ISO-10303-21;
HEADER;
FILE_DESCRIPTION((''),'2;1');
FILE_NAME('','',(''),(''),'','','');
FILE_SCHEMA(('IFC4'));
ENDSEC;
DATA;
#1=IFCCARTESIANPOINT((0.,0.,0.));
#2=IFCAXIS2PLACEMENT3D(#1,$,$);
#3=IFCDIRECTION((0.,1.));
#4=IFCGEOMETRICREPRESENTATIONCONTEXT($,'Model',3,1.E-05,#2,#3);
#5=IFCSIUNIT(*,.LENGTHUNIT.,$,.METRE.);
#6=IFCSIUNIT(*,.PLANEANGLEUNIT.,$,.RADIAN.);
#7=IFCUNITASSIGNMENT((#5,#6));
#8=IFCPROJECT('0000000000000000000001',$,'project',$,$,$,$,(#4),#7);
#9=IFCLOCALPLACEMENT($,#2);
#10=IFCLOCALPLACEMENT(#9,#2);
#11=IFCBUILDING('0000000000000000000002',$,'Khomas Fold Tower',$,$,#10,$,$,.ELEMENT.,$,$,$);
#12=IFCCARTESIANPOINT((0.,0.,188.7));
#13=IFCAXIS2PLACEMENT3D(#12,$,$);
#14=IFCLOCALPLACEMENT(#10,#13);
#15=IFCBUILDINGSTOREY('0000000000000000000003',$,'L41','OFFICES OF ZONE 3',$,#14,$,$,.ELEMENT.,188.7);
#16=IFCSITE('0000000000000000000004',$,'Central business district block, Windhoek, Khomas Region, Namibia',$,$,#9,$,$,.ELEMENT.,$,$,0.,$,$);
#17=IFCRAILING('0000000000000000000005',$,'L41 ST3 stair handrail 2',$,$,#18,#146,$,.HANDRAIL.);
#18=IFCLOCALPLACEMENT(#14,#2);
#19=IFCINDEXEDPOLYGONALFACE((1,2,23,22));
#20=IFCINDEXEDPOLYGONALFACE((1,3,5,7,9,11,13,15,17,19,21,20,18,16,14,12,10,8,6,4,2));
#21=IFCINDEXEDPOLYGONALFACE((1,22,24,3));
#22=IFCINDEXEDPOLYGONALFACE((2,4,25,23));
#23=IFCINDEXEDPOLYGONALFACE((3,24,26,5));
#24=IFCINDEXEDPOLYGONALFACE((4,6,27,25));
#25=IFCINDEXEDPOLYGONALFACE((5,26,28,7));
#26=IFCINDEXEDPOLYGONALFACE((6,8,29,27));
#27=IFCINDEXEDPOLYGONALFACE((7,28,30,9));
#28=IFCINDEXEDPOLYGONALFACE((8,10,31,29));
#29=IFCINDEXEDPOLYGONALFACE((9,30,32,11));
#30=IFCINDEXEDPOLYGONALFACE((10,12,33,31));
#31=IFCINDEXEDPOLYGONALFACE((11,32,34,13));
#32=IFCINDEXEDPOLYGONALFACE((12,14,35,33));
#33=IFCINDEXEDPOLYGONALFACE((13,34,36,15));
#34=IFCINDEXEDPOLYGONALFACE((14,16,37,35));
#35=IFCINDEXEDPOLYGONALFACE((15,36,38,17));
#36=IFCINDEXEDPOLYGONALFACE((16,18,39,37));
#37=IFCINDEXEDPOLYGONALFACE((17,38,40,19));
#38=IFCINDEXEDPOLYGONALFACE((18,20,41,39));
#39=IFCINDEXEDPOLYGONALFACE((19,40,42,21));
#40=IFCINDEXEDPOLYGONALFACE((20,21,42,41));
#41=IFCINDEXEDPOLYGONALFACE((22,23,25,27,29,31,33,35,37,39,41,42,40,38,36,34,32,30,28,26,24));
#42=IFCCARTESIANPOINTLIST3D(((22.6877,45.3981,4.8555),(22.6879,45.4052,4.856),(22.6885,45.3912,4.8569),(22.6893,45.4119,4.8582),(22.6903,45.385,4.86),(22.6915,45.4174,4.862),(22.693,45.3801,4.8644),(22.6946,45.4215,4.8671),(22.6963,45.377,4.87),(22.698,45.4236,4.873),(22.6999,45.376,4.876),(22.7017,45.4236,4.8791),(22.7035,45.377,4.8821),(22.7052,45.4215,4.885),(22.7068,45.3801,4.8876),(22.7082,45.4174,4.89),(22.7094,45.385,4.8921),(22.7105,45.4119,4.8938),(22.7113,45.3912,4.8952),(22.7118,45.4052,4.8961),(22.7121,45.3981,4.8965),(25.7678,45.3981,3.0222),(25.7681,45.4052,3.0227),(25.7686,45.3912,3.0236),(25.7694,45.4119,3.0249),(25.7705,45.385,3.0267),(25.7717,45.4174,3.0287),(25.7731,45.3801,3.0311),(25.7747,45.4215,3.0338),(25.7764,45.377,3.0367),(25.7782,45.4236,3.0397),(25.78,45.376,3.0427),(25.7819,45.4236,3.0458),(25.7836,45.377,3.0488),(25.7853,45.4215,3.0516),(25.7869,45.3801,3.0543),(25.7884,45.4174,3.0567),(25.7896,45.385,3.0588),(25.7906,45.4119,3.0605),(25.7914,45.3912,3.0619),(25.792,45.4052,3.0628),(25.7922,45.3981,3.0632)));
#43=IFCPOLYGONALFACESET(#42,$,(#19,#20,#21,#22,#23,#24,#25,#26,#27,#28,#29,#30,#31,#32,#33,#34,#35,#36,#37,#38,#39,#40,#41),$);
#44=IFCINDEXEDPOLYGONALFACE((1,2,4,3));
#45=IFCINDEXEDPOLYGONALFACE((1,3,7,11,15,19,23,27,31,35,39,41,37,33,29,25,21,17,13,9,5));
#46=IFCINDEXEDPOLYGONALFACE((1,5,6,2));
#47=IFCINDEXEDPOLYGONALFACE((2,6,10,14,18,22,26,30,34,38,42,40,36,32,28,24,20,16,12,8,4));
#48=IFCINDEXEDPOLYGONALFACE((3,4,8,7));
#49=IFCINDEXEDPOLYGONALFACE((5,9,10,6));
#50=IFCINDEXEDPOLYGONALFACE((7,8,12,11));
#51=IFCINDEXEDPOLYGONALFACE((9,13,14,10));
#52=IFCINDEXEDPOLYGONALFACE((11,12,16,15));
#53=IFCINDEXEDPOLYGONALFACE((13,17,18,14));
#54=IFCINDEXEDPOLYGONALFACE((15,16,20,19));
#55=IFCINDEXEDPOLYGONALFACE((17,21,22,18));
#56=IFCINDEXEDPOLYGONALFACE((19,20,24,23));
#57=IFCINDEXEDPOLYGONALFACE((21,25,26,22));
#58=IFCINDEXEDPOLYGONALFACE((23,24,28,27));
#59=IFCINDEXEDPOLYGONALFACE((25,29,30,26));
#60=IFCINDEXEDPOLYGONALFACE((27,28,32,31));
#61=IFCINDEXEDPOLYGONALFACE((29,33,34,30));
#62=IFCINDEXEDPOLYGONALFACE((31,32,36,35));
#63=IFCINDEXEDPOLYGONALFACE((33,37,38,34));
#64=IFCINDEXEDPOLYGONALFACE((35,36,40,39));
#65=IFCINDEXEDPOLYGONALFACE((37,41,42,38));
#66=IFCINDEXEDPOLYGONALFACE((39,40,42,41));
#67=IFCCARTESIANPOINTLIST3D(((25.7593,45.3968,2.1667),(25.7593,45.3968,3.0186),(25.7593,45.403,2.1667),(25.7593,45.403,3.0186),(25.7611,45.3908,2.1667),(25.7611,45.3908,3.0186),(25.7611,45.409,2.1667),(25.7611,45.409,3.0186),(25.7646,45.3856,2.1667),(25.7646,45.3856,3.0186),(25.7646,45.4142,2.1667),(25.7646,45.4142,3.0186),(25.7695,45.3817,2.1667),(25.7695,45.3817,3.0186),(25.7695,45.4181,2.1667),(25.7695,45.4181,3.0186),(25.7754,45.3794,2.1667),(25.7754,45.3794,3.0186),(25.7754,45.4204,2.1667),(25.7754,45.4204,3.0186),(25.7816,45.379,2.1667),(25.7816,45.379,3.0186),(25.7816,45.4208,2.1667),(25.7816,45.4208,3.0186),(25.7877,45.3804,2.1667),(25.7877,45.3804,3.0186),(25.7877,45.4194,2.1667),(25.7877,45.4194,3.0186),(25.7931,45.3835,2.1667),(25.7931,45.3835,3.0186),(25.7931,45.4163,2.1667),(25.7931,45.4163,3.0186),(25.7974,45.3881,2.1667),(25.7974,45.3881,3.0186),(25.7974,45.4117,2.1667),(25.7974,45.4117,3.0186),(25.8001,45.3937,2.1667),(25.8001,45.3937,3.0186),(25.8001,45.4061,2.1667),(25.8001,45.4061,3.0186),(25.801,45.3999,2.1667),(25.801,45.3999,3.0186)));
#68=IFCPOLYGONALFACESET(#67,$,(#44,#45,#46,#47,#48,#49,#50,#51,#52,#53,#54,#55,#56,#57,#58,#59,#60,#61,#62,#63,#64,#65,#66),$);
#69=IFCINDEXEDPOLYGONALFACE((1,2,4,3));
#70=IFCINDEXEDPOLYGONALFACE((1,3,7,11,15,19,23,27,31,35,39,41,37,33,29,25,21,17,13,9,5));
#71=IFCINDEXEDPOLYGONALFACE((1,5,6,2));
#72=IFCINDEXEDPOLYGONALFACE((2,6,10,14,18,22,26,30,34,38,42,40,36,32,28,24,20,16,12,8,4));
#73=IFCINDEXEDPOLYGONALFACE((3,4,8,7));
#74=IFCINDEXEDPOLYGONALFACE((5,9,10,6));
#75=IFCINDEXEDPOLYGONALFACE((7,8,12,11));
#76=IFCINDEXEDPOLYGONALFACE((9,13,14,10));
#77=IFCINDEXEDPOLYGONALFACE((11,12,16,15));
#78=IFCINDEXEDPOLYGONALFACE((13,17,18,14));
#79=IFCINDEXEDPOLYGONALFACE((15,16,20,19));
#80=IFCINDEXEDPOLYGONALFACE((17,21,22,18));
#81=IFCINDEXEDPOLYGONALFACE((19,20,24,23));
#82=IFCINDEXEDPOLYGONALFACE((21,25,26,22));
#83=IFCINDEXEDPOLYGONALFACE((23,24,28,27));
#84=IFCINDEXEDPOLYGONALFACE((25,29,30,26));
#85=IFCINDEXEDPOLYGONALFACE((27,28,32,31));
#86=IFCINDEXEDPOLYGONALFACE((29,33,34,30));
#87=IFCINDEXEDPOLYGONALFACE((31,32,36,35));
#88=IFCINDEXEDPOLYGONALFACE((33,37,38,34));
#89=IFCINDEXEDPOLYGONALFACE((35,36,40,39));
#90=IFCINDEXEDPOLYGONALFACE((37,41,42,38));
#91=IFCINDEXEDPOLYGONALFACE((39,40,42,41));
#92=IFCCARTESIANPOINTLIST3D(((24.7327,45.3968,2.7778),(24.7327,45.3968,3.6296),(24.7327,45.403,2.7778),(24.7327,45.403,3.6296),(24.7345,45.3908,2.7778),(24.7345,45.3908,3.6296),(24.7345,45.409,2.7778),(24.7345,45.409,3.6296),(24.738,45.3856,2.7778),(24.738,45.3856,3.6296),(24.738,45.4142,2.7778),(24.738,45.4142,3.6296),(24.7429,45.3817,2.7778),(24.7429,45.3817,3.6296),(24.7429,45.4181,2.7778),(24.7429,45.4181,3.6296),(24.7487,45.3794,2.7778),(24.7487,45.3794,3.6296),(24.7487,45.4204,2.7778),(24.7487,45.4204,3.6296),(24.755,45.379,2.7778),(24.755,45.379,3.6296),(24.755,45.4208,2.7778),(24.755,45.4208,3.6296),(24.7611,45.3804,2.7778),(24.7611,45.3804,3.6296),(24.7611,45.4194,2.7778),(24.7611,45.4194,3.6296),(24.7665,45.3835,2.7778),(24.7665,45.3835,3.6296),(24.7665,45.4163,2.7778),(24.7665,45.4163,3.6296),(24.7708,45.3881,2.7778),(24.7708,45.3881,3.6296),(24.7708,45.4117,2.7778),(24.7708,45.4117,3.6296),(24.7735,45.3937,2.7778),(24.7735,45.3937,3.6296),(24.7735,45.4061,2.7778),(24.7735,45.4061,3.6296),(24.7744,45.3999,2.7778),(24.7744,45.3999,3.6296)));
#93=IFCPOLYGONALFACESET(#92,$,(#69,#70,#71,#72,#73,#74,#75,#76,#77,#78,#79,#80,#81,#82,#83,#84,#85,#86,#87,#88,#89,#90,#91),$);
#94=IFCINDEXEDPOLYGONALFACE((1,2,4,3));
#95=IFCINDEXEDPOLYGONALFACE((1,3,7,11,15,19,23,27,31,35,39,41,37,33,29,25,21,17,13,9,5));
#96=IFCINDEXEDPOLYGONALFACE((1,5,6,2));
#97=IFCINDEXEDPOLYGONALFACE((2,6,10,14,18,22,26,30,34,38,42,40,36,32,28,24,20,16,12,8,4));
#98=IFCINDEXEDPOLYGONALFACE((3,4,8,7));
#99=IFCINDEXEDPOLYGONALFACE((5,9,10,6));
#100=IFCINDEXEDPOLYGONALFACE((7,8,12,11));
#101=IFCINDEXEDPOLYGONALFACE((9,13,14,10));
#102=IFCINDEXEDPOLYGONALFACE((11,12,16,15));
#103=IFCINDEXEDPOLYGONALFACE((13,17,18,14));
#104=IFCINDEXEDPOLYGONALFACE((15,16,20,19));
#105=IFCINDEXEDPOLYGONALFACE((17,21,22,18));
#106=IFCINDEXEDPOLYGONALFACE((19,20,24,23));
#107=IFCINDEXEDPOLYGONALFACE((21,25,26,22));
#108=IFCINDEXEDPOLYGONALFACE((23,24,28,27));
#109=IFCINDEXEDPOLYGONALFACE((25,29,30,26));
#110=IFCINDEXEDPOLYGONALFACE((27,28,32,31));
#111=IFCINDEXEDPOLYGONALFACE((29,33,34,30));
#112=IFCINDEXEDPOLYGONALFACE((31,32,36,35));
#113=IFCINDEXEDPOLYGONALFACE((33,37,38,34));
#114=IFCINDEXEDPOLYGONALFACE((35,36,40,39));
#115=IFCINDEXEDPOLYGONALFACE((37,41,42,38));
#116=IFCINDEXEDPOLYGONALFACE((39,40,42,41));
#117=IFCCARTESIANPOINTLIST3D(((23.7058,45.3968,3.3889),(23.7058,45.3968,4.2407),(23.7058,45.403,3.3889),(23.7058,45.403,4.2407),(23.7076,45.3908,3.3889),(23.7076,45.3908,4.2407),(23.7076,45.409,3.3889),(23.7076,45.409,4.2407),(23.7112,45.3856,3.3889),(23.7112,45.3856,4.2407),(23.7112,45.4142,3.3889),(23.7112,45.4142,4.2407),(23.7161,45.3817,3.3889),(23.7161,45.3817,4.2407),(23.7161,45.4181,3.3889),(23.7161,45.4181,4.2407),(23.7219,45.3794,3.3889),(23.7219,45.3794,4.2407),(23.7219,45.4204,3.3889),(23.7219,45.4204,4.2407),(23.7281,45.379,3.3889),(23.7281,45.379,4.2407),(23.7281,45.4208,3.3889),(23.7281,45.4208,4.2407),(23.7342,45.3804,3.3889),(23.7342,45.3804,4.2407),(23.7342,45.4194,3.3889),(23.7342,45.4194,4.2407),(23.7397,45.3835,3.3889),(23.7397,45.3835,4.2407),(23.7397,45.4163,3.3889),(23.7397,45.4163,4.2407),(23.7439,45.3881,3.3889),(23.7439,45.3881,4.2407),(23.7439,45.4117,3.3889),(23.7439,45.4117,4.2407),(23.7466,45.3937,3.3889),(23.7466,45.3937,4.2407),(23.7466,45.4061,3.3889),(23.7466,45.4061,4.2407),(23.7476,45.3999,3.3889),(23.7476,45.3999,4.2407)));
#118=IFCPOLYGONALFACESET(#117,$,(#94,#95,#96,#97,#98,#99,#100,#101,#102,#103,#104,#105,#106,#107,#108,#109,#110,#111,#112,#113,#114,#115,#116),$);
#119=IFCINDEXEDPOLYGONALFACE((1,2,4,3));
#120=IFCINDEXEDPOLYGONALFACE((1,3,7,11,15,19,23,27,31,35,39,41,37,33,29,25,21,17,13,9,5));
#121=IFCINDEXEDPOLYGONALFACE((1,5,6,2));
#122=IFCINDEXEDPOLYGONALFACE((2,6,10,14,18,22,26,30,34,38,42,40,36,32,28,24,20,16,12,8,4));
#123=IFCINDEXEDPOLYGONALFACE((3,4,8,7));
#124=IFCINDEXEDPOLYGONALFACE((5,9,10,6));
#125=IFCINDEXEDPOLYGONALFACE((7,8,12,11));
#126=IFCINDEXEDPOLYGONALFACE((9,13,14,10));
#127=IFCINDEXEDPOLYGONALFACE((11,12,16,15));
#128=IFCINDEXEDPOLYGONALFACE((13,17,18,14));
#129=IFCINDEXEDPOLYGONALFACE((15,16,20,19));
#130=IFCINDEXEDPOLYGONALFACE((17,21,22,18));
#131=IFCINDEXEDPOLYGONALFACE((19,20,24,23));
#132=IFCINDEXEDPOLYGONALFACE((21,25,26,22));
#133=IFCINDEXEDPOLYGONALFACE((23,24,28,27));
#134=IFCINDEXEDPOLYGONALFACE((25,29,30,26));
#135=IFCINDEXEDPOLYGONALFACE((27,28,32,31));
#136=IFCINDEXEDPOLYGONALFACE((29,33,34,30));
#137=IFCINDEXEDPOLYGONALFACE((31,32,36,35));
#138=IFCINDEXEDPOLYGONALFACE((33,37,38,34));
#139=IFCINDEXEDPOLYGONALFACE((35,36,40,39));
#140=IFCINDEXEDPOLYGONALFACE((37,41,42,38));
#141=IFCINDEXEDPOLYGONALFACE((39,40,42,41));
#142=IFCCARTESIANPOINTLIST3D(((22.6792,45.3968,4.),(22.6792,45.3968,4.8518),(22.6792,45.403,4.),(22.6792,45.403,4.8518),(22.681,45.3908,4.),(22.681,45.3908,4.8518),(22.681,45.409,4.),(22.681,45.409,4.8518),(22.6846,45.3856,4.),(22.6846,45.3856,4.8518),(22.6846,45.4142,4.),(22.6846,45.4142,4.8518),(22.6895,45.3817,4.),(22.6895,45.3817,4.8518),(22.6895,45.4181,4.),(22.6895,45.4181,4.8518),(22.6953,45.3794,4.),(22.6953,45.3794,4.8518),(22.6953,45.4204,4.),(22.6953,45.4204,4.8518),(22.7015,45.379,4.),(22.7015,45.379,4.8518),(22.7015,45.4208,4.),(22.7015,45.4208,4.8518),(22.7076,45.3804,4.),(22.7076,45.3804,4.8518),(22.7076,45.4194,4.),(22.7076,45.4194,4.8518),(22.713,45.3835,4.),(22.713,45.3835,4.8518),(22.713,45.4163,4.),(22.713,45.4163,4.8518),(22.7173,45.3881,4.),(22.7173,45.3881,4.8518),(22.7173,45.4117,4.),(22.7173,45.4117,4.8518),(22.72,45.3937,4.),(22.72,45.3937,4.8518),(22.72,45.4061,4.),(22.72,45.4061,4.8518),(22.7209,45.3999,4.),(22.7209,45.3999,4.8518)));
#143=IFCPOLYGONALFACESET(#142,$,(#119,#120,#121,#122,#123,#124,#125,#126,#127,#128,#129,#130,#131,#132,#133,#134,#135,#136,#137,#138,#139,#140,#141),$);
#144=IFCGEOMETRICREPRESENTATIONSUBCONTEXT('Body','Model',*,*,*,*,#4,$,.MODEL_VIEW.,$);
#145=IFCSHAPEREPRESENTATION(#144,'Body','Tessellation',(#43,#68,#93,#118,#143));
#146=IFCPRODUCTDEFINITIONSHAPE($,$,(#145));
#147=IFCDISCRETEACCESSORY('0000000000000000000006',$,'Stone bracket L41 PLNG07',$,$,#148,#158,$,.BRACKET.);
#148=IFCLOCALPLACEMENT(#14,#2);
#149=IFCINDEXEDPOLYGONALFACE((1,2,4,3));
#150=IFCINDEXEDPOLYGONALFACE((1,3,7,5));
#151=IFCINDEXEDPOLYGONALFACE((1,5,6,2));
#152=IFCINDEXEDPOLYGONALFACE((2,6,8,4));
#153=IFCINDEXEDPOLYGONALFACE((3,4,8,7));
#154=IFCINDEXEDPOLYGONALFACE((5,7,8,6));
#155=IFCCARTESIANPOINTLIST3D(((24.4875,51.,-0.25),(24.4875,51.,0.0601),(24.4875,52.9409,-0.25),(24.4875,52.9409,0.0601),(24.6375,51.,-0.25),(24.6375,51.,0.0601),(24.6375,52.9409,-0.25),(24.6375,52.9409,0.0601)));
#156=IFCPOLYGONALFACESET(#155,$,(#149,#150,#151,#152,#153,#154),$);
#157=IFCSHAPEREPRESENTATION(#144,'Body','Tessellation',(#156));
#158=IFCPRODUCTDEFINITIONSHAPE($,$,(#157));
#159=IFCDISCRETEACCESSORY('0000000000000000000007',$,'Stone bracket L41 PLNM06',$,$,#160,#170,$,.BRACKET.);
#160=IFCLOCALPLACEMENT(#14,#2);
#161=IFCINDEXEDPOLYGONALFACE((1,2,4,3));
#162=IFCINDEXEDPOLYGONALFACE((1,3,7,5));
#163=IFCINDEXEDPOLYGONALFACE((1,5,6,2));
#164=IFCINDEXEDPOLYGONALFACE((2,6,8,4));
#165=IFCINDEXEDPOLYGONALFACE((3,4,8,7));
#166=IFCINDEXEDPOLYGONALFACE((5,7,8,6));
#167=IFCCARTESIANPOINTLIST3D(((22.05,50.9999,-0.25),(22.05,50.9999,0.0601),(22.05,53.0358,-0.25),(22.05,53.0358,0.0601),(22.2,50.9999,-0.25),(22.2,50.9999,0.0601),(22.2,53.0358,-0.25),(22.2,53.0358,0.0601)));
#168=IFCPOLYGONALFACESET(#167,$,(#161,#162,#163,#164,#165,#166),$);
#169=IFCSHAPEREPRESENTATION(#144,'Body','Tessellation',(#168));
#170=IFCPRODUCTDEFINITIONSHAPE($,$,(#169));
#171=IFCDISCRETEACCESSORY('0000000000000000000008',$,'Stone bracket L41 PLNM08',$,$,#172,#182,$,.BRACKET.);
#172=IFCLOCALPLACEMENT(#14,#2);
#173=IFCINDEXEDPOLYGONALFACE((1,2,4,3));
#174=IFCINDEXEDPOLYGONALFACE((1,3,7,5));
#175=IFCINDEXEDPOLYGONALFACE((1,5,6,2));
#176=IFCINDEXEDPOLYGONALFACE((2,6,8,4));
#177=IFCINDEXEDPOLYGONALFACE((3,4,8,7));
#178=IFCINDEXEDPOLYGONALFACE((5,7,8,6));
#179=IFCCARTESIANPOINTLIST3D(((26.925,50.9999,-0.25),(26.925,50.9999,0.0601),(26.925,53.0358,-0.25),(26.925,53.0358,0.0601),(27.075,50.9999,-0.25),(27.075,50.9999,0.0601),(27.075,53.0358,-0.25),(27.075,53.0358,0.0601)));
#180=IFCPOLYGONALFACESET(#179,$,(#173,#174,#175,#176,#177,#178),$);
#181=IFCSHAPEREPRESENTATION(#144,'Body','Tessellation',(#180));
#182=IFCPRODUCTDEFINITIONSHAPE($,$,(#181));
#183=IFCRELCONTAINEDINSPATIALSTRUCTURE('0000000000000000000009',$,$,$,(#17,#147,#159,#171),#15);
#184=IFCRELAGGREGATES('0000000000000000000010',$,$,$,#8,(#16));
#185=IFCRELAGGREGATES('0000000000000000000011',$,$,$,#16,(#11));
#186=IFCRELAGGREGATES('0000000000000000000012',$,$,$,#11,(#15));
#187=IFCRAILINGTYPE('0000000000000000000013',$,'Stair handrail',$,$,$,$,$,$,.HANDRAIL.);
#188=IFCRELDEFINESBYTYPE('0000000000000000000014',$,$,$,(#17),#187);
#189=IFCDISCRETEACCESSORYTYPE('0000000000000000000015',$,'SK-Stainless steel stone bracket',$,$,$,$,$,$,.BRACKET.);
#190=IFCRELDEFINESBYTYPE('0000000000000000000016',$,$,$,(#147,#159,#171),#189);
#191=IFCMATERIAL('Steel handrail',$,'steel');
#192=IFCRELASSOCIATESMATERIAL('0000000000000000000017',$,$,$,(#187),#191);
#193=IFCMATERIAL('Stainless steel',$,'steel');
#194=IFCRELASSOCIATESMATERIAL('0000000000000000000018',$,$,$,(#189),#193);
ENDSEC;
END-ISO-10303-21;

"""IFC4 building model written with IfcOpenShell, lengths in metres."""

from ifc_helpers import new_model, si_unit, direction, frame, origin, origin_2d, place, context, subcontext, project, spatial, rectangle, circle, extrude, source, transform, mapped, material, type_object, element, save


model = new_model("IFC4")

# Units and contexts
model_context = context("Model", 3, precision=1e-05, world=origin(), true_north=direction((0.0, 1.0)))
body_context = subcontext(model_context, "Body", "Model", "MODEL_VIEW")
ifc_project = project(units=[si_unit("LENGTHUNIT", "METRE"), si_unit("PLANEANGLEUNIT", "RADIAN")], contexts=[model_context])

# Site, building, storey
site_placement = place(None, origin())
site = spatial("IfcSite", under=ifc_project, at=site_placement, Name="Central business district block, Windhoek, Khomas Region, Namibia", CompositionType="ELEMENT", RefElevation=0.0)
building_placement = place(site_placement, origin())
building = spatial("IfcBuilding", under=site, at=building_placement, Name="Khomas Fold Tower", CompositionType="ELEMENT")
storey_placement = place(building_placement, frame((0.0, 0.0, 188.7)))
storey = spatial("IfcBuildingStorey", under=building, at=storey_placement, Name="L41", Description="OFFICES OF ZONE 3", CompositionType="ELEMENT", Elevation=188.7)

# Railing
ifc_material_1 = material(Name="Steel handrail", Category="steel")
railing_type_1 = type_object("IfcRailingType", Name="Stair handrail", PredefinedType="HANDRAIL", material=ifc_material_1)
shared_shape_1 = source(origin(), body_context, "Body", "SweptSolid", [
    extrude(circle(Radius=0.0239, at=origin_2d()), frame((0.0, 0.0, 0.876), z_axis=(-0.859309, 0.0, 0.511458), x_axis=(0.0, -1.0, 0.0)), (0.0, 0.0, 1.0), 3.5845),
    extrude(circle(Radius=0.021, at=origin_2d()), origin(), (0.0, 0.0, 1.0), 0.8518),
    extrude(circle(Radius=0.021, at=origin_2d()), frame((-1.0266, 0.0, 0.6111)), (0.0, 0.0, 1.0), 0.8518),
    extrude(circle(Radius=0.021, at=origin_2d()), frame((-2.0535, 0.0, 1.2222)), (0.0, 0.0, 1.0), 0.8518),
    extrude(circle(Radius=0.021, at=origin_2d()), frame((-3.0801, 0.0, 1.8333)), (0.0, 0.0, 1.0), 0.8518),
])
railing_1_placement = place(storey_placement, frame((25.78, 45.3999, 2.1667)))
element("IfcRailing", 1, at=railing_1_placement, inside=storey, type_object=railing_type_1, Name="L41 ST3 stair handrail 2", PredefinedType="HANDRAIL", context=body_context, shape_type="MappedRepresentation", body=[
    mapped(shared_shape_1, transform((0.0, 0.0, 0.0))),
])

# Discrete accessories
ifc_material_2 = material(Name="Stainless steel", Category="steel")
discrete_accessory_type = type_object("IfcDiscreteAccessoryType", Name="SK-Stainless steel stone bracket", PredefinedType="BRACKET", material=ifc_material_2)
shared_shape_2 = source(origin(), body_context, "Body", "SweptSolid", [
    extrude(rectangle(XDim=1.9409, YDim=0.1499, at=origin_2d()), origin(), (0.0, 0.0, 1.0), 0.3101),
])
discrete_accessory_placement = place(storey_placement, frame((24.5625, 51.9705, -0.25), z_axis=(0.0, 0.0, 1.0), x_axis=(0.0, 1.0, 0.0)))
element("IfcDiscreteAccessory", 2, at=discrete_accessory_placement, inside=storey, type_object=discrete_accessory_type, Name="Stone bracket L41 PLNG07", PredefinedType="BRACKET", context=body_context, shape_type="MappedRepresentation", body=[
    mapped(shared_shape_2, transform((0.0, 0.0, 0.0))),
])
shared_shape_3 = source(origin(), body_context, "Body", "SweptSolid", [
    extrude(rectangle(XDim=2.0359, YDim=0.1499, at=origin_2d()), origin(), (0.0, 0.0, 1.0), 0.3101),
])
for number, where, z_axis, x_axis, name in (
    (3, (22.125, 52.0178, -0.25), (0.0, 0.0, 1.0), (0.0, 1.0, 0.0), "Stone bracket L41 PLNM06"),
    (4, (27.0, 52.0178, -0.25), (0.0, 0.0, 1.0), (0.0, 1.0, 0.0), "Stone bracket L41 PLNM08"),
):
    element("IfcDiscreteAccessory", number, at=place(storey_placement, frame(where, z_axis=z_axis, x_axis=x_axis)), inside=storey, type_object=discrete_accessory_type, Name=name, PredefinedType="BRACKET", context=body_context, shape_type="MappedRepresentation", body=[
        mapped(shared_shape_3, transform((0.0, 0.0, 0.0))),
    ])

save(model, "model.ifc")
